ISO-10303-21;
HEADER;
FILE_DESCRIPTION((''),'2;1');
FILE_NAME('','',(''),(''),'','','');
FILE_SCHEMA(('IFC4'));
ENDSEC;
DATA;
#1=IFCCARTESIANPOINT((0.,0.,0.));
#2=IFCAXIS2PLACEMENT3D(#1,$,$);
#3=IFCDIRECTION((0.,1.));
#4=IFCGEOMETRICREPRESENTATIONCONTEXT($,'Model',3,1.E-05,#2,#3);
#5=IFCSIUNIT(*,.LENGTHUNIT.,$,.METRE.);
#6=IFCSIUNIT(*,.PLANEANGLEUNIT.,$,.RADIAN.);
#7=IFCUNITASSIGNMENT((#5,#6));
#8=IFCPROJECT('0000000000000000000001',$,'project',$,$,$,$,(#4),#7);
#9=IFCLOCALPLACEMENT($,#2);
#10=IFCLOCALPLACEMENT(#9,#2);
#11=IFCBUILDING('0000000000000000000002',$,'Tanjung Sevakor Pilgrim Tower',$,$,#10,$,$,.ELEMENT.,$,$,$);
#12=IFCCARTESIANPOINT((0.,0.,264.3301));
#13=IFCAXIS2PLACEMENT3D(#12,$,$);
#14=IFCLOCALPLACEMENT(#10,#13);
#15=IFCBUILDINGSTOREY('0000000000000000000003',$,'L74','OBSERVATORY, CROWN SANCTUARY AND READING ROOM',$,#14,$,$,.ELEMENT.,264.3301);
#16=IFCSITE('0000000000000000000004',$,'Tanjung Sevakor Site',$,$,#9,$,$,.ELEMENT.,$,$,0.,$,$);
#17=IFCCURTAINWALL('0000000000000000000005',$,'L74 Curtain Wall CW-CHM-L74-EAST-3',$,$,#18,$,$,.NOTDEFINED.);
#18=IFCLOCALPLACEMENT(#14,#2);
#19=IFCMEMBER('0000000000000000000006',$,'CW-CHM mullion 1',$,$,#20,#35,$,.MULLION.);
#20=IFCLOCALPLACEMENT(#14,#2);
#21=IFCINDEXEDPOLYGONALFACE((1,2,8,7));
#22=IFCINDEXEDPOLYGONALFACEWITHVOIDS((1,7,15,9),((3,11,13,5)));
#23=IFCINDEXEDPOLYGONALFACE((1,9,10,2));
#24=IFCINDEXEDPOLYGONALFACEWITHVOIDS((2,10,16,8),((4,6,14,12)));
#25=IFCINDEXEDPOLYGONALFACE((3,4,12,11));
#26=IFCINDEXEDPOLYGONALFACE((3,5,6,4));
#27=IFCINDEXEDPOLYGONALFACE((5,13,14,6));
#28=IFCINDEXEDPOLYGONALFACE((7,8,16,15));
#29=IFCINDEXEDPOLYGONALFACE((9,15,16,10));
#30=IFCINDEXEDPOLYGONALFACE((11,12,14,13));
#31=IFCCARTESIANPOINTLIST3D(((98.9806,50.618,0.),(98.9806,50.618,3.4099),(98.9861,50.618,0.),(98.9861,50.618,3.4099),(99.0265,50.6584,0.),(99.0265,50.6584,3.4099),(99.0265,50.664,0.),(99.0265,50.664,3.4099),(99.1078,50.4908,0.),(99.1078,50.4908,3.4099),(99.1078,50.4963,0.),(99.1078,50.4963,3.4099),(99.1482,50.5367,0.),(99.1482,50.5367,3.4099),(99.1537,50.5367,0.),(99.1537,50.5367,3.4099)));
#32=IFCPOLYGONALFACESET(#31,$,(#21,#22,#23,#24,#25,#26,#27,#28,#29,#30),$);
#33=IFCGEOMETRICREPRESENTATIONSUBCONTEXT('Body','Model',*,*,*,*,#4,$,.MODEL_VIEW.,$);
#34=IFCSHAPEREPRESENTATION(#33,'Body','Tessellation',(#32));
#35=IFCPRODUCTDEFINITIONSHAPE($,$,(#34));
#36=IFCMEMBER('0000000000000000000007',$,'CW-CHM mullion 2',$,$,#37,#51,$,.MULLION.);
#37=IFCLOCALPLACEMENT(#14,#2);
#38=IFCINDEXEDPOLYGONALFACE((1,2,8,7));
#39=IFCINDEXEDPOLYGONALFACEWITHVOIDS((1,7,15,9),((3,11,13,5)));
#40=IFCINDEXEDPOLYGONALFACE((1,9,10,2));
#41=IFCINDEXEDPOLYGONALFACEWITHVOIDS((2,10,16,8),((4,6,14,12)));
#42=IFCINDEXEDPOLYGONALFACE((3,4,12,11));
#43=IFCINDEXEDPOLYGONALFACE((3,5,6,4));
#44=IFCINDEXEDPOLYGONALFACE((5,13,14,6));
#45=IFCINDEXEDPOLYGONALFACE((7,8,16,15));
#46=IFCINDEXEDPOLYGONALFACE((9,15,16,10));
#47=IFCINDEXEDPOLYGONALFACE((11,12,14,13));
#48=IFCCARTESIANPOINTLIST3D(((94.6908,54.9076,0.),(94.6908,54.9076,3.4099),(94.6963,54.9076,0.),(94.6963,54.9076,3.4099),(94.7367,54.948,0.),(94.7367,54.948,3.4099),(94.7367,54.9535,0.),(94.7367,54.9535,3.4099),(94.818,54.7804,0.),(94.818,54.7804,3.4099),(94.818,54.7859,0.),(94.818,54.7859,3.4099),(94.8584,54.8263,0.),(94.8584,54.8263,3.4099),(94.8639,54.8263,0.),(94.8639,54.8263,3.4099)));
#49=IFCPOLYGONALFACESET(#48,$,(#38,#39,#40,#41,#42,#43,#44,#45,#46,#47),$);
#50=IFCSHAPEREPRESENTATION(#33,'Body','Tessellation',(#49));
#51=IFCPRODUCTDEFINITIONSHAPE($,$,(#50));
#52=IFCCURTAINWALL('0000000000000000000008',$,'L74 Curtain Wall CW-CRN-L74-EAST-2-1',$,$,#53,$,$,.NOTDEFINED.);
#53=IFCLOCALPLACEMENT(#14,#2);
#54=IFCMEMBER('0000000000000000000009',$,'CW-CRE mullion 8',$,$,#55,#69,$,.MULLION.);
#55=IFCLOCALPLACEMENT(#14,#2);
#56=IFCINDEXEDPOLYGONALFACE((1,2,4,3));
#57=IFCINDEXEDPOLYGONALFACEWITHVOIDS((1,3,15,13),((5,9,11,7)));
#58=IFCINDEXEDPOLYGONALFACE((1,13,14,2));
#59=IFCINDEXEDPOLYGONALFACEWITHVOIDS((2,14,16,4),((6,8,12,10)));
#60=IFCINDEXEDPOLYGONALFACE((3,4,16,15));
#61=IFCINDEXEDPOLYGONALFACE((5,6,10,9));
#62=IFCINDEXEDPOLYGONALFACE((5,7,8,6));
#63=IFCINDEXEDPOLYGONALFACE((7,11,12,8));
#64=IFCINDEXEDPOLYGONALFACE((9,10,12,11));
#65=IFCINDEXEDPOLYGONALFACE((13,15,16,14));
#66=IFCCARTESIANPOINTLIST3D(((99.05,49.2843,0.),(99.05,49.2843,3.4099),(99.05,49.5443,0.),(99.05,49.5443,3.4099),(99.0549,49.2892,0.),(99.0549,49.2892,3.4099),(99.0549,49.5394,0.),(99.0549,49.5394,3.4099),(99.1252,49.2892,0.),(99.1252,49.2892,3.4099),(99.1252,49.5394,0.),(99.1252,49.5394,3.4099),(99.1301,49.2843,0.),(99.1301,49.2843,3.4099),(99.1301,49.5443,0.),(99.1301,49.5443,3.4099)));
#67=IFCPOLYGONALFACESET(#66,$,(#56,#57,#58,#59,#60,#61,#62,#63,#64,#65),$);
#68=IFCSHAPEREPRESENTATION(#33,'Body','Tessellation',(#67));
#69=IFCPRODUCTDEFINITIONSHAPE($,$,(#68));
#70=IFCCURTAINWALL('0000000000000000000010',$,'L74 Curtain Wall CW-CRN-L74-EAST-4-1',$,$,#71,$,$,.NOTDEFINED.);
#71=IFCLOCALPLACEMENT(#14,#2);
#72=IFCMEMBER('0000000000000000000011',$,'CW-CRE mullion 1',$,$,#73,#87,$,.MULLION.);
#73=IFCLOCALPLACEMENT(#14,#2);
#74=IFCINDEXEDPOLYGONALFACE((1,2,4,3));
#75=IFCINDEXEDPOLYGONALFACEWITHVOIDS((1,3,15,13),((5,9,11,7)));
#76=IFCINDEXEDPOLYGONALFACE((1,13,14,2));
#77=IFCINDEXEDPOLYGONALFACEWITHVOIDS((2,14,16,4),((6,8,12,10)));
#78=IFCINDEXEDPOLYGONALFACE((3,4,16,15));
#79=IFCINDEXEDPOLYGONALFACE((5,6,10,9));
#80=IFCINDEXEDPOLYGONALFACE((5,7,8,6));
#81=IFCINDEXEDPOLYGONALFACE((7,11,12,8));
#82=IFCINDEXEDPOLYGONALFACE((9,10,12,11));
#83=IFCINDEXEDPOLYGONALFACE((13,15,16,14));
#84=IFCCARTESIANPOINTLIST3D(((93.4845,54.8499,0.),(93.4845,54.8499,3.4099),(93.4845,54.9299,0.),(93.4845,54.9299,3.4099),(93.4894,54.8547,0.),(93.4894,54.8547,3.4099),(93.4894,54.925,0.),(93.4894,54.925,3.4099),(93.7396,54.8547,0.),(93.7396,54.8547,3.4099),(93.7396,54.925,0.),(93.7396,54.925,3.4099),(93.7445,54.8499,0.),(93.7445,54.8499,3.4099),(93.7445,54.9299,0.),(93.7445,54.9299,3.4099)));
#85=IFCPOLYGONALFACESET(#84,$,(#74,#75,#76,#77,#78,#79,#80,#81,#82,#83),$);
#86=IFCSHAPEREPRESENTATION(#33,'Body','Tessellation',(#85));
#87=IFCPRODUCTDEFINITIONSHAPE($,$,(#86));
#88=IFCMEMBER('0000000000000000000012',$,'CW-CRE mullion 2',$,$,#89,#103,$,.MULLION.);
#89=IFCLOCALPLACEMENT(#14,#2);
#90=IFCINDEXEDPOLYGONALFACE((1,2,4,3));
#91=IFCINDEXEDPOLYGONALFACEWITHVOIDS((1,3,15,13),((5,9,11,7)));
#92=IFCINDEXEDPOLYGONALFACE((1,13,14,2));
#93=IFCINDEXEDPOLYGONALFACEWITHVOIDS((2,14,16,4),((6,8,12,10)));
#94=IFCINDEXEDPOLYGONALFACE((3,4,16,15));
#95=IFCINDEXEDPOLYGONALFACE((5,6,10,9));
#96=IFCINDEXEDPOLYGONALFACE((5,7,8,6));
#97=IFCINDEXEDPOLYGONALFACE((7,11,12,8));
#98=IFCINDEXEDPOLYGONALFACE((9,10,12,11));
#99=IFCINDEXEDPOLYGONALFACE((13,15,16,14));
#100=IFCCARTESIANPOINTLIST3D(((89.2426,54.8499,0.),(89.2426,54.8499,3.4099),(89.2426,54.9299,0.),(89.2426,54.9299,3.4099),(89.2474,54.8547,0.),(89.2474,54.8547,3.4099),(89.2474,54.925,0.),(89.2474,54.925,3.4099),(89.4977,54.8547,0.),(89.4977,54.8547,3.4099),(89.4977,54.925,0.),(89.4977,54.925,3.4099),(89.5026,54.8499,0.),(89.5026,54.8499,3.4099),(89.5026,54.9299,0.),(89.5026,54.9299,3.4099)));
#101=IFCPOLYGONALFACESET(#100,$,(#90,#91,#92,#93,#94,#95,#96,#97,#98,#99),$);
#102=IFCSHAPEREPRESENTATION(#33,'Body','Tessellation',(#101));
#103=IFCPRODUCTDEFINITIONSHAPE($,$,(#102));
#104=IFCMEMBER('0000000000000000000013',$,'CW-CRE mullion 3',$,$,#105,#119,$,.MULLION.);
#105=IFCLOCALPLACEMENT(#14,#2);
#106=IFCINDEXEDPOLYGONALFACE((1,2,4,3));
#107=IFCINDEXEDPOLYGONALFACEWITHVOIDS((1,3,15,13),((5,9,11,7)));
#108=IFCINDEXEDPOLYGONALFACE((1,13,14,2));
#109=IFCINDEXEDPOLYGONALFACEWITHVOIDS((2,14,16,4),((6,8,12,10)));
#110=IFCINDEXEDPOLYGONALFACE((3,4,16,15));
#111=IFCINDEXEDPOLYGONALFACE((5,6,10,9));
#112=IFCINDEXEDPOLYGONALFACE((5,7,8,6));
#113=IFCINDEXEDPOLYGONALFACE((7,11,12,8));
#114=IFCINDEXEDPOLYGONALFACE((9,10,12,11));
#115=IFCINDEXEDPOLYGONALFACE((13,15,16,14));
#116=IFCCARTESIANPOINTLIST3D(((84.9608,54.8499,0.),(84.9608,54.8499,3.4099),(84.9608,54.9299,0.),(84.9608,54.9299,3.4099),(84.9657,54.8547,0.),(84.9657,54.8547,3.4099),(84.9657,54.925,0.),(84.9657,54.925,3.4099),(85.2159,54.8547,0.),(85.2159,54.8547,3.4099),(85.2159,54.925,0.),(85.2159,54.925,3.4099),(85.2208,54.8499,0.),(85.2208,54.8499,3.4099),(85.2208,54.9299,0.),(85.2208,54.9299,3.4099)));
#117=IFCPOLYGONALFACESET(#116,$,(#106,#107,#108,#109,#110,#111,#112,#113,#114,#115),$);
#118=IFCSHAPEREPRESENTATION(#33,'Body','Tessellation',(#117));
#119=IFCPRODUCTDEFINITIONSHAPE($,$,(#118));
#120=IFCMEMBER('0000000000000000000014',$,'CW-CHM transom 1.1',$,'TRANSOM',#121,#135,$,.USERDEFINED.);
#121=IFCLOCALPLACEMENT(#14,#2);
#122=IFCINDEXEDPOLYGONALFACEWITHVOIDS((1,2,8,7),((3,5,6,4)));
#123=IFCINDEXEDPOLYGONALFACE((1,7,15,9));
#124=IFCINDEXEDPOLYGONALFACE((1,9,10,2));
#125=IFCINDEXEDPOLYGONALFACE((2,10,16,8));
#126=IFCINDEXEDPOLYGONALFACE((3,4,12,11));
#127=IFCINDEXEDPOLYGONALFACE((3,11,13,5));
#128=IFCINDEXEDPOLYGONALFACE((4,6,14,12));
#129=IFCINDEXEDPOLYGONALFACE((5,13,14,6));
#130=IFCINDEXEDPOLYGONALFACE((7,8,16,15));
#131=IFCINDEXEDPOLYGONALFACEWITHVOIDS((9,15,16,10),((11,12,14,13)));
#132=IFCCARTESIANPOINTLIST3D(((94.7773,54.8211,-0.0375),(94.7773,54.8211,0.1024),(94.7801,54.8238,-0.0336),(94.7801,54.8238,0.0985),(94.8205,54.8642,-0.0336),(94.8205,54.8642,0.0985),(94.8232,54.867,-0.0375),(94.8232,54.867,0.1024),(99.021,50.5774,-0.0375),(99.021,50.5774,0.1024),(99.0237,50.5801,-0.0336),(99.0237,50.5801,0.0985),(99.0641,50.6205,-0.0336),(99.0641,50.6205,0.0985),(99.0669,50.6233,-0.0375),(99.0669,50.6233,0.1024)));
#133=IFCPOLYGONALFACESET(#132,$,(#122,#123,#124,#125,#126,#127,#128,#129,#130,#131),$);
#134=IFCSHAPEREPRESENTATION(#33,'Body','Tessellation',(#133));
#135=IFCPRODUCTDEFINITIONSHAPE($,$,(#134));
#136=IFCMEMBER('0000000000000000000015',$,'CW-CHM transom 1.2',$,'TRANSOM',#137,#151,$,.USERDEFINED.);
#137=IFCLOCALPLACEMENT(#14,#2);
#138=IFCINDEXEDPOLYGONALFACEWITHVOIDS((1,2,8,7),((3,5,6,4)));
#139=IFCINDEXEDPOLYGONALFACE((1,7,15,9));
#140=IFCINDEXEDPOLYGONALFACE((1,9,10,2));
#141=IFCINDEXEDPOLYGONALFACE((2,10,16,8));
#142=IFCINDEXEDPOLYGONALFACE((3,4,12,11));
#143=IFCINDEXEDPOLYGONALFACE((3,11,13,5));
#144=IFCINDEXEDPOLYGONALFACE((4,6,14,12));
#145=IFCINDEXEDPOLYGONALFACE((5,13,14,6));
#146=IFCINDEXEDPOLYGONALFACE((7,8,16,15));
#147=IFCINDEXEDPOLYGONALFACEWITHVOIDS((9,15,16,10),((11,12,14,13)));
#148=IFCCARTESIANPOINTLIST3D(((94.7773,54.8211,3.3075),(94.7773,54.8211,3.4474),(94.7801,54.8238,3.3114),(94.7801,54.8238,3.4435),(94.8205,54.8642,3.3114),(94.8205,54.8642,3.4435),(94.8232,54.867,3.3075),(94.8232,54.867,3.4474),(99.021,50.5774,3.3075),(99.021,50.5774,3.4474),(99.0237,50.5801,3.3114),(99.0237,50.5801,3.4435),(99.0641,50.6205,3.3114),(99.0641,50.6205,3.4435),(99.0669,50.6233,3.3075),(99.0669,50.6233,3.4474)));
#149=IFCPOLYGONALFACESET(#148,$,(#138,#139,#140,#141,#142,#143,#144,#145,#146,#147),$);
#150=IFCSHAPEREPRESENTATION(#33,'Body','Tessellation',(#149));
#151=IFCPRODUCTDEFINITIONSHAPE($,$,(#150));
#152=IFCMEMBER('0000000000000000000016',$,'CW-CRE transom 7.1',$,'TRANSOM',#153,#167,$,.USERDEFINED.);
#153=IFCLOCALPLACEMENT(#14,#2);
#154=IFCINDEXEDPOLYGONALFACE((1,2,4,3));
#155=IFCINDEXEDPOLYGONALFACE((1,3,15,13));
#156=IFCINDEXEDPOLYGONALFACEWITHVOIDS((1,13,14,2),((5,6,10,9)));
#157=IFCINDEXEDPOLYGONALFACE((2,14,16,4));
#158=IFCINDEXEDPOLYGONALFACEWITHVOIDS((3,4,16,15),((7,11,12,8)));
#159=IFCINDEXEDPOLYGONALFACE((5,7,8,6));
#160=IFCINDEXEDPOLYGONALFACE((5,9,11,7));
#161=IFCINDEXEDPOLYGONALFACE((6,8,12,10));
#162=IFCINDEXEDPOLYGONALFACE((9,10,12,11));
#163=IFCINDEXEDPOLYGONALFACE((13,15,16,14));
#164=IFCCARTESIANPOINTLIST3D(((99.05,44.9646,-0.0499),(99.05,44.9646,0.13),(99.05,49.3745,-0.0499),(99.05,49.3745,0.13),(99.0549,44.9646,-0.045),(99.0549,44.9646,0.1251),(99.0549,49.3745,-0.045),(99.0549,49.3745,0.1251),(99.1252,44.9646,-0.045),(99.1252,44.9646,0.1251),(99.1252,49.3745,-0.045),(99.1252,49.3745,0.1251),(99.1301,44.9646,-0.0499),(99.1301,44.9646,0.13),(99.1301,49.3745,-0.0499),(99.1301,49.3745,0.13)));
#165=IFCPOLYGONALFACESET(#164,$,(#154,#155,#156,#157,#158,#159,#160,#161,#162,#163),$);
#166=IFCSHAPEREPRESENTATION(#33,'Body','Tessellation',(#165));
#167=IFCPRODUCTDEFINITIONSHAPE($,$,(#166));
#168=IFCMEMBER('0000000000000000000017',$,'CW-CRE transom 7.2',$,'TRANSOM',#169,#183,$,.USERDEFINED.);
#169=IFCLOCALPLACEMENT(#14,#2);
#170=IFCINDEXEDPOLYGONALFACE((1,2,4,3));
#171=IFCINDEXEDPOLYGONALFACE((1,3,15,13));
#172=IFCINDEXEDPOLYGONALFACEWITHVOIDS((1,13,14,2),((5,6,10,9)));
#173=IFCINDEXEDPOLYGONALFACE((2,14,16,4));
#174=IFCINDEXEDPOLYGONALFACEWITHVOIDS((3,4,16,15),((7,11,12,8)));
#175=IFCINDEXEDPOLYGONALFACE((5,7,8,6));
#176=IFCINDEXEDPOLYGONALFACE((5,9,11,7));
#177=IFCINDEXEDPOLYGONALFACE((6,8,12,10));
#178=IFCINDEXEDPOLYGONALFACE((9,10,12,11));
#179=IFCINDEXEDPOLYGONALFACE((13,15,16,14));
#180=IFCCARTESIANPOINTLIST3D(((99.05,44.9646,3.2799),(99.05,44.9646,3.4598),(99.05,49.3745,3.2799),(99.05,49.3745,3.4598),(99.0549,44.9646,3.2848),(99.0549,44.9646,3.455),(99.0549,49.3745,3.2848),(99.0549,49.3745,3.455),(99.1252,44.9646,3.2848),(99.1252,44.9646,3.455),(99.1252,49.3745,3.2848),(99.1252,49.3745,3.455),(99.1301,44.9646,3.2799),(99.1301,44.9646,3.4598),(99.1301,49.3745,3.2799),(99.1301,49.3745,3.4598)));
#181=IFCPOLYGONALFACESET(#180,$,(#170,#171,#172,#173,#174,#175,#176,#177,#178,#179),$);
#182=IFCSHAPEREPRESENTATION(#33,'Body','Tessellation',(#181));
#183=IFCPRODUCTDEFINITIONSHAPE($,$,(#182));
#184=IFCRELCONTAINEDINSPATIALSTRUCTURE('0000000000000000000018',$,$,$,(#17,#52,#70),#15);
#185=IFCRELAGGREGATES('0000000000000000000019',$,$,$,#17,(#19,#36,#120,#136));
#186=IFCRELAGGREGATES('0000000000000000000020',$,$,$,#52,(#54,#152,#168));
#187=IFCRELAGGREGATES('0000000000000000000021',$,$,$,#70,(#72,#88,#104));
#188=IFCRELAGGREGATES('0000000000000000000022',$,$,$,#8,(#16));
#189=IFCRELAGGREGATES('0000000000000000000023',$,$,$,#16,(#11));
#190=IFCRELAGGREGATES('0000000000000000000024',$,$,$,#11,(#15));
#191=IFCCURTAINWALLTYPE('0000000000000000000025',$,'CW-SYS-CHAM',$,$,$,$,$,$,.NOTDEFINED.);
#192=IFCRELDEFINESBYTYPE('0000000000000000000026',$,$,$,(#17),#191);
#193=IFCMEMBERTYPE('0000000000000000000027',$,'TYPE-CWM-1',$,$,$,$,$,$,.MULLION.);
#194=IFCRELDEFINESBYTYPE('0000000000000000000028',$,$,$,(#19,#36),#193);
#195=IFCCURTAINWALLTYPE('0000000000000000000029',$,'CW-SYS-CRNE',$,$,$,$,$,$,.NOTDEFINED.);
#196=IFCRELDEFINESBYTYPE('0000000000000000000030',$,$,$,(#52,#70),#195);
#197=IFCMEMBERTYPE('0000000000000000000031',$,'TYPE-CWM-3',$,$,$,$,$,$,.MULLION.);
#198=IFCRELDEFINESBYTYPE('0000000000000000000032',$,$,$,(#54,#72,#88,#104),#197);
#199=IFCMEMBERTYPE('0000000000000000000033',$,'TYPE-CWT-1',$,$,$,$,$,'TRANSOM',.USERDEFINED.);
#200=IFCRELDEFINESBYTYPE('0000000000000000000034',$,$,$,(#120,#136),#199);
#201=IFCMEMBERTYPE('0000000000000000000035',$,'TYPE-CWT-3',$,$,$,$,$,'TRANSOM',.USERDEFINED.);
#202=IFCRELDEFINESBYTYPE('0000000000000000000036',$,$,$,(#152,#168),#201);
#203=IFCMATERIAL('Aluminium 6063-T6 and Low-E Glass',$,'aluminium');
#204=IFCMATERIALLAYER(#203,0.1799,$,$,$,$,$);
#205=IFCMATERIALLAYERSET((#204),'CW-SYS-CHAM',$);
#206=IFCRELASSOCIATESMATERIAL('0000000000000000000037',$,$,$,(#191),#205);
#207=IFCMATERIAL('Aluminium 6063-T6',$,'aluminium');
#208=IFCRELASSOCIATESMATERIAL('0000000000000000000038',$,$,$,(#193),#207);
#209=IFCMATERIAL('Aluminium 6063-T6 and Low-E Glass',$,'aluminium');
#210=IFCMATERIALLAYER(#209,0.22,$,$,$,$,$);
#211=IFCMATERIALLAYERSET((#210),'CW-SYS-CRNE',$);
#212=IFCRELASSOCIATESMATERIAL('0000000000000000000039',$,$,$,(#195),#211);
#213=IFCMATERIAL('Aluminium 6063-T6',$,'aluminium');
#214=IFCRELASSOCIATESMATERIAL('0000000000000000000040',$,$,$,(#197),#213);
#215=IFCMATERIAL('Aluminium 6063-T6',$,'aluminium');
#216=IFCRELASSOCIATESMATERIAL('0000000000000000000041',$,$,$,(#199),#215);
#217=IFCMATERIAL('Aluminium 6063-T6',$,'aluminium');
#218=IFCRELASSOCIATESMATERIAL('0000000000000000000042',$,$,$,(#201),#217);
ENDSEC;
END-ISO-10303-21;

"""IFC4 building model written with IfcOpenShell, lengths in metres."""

from ifc_helpers import new_model, si_unit, direction, frame, origin, origin_2d, place, context, subcontext, project, spatial, hollow_rectangle, extrude, material, layer, layer_set, material_profile, profile_set, type_object, element, aggregate, save


model = new_model("IFC4")

# Units and contexts
model_context = context("Model", 3, precision=1e-05, world=origin(), true_north=direction((0.0, 1.0)))
body_context = subcontext(model_context, "Body", "Model", "MODEL_VIEW")
ifc_project = project(units=[si_unit("LENGTHUNIT", "METRE"), si_unit("PLANEANGLEUNIT", "RADIAN")], contexts=[model_context])

# Site, building, storey
site_placement = place(None, origin())
site = spatial("IfcSite", under=ifc_project, at=site_placement, Name="Tanjung Sevakor Site", CompositionType="ELEMENT", RefElevation=0.0)
building_placement = place(site_placement, origin())
building = spatial("IfcBuilding", under=site, at=building_placement, Name="Tanjung Sevakor Pilgrim Tower", CompositionType="ELEMENT")
storey_placement = place(building_placement, frame((0.0, 0.0, 264.3301)))
storey = spatial("IfcBuildingStorey", under=building, at=storey_placement, Name="L74", Description="OBSERVATORY, CROWN SANCTUARY AND READING ROOM", CompositionType="ELEMENT", Elevation=264.3301)

# Curtain wall, members
ifc_material_1 = material(Name="Aluminium 6063-T6 and Low-E Glass", Category="aluminium")
ifc_layer_1 = layer(ifc_material_1, 0.1799)
ifc_layer_set_1 = layer_set([ifc_layer_1], Name="CW-SYS-CHAM")
curtain_wall_type_1 = type_object("IfcCurtainWallType", Name="CW-SYS-CHAM", PredefinedType="NOTDEFINED", material=ifc_layer_set_1)
curtain_wall_1_placement = place(storey_placement, origin())
curtain_wall_1 = element("IfcCurtainWall", 1, at=curtain_wall_1_placement, inside=storey, type_object=curtain_wall_type_1, Name="L74 Curtain Wall CW-CHM-L74-EAST-3", PredefinedType="NOTDEFINED")
ifc_material_2 = material(Name="Aluminium 6063-T6", Category="aluminium")
ifc_material_profile_1 = material_profile(ifc_material_2, hollow_rectangle(XDim=0.0649, YDim=0.1799, WallThickness=0.0039, at=origin_2d()))
ifc_profile_set_1 = profile_set([ifc_material_profile_1], Name="Aluminium 6063-T6")
member_type_1 = type_object("IfcMemberType", Name="TYPE-CWM-1", PredefinedType="MULLION", material=ifc_profile_set_1)
member_1_placement = place(storey_placement, frame((99.0671, 50.5774, 0.0), z_axis=(0.0, 0.0, 1.0), x_axis=(-0.707107, -0.707107, 0.0)))
member_1 = element("IfcMember", 2, at=member_1_placement, type_object=member_type_1, Name="CW-CHM mullion 1", PredefinedType="MULLION", context=body_context, shape_type="SweptSolid", body=[
    extrude(hollow_rectangle(XDim=0.0649, YDim=0.1799, WallThickness=0.0039, at=origin_2d()), origin(), (0.0, 0.0, 1.0), 3.4099),
])
member_2_placement = place(storey_placement, frame((94.7773, 54.8669, 0.0), z_axis=(0.0, 0.0, 1.0), x_axis=(-0.707107, -0.707107, 0.0)))
member_2 = element("IfcMember", 3, at=member_2_placement, type_object=member_type_1, Name="CW-CHM mullion 2", PredefinedType="MULLION", context=body_context, shape_type="SweptSolid", body=[
    extrude(hollow_rectangle(XDim=0.0649, YDim=0.1799, WallThickness=0.0039, at=origin_2d()), origin(), (0.0, 0.0, 1.0), 3.4099),
])

# Curtain wall, member
ifc_material_3 = material(Name="Aluminium 6063-T6 and Low-E Glass", Category="aluminium")
ifc_layer_2 = layer(ifc_material_3, 0.22)
ifc_layer_set_2 = layer_set([ifc_layer_2], Name="CW-SYS-CRNE")
curtain_wall_type_2 = type_object("IfcCurtainWallType", Name="CW-SYS-CRNE", PredefinedType="NOTDEFINED", material=ifc_layer_set_2)
curtain_wall_2_placement = place(storey_placement, origin())
curtain_wall_2 = element("IfcCurtainWall", 4, at=curtain_wall_2_placement, inside=storey, type_object=curtain_wall_type_2, Name="L74 Curtain Wall CW-CRN-L74-EAST-2-1", PredefinedType="NOTDEFINED")
ifc_material_4 = material(Name="Aluminium 6063-T6", Category="aluminium")
ifc_material_profile_2 = material_profile(ifc_material_4, hollow_rectangle(XDim=0.0801, YDim=0.26, WallThickness=0.0049, at=origin_2d()))
ifc_profile_set_2 = profile_set([ifc_material_profile_2], Name="Aluminium 6063-T6")
member_type_2 = type_object("IfcMemberType", Name="TYPE-CWM-3", PredefinedType="MULLION", material=ifc_profile_set_2)
member_3_placement = place(storey_placement, frame((99.0901, 49.4143, 0.0), z_axis=(0.0, 0.0, 1.0), x_axis=(-1.0, 0.0, 0.0)))
member_3 = element("IfcMember", 5, at=member_3_placement, type_object=member_type_2, Name="CW-CRE mullion 8", PredefinedType="MULLION", context=body_context, shape_type="SweptSolid", body=[
    extrude(hollow_rectangle(XDim=0.0801, YDim=0.26, WallThickness=0.0049, at=origin_2d()), origin(), (0.0, 0.0, 1.0), 3.4099),
])

# Curtain wall, members
curtain_wall_3_placement = place(storey_placement, origin())
curtain_wall_3 = element("IfcCurtainWall", 6, at=curtain_wall_3_placement, inside=storey, type_object=curtain_wall_type_2, Name="L74 Curtain Wall CW-CRN-L74-EAST-4-1", PredefinedType="NOTDEFINED")
member_4_placement = place(storey_placement, frame((93.6145, 54.8899, 0.0), z_axis=(0.0, 0.0, 1.0), x_axis=(0.0, -1.0, 0.0)))
member_4 = element("IfcMember", 7, at=member_4_placement, type_object=member_type_2, Name="CW-CRE mullion 1", PredefinedType="MULLION", context=body_context, shape_type="SweptSolid", body=[
    extrude(hollow_rectangle(XDim=0.0801, YDim=0.26, WallThickness=0.0049, at=origin_2d()), origin(), (0.0, 0.0, 1.0), 3.4099),
])
member_5_placement = place(storey_placement, frame((89.3726, 54.8899, 0.0), z_axis=(0.0, 0.0, 1.0), x_axis=(0.0, -1.0, 0.0)))
member_5 = element("IfcMember", 8, at=member_5_placement, type_object=member_type_2, Name="CW-CRE mullion 2", PredefinedType="MULLION", context=body_context, shape_type="SweptSolid", body=[
    extrude(hollow_rectangle(XDim=0.0801, YDim=0.26, WallThickness=0.0049, at=origin_2d()), origin(), (0.0, 0.0, 1.0), 3.4099),
])
member_6_placement = place(storey_placement, frame((85.0908, 54.8899, 0.0), z_axis=(0.0, 0.0, 1.0), x_axis=(0.0, -1.0, 0.0)))
member_6 = element("IfcMember", 9, at=member_6_placement, type_object=member_type_2, Name="CW-CRE mullion 3", PredefinedType="MULLION", context=body_context, shape_type="SweptSolid", body=[
    extrude(hollow_rectangle(XDim=0.0801, YDim=0.26, WallThickness=0.0049, at=origin_2d()), origin(), (0.0, 0.0, 1.0), 3.4099),
])

# Members
ifc_material_5 = material(Name="Aluminium 6063-T6", Category="aluminium")
ifc_material_profile_3 = material_profile(ifc_material_5, hollow_rectangle(XDim=0.0649, YDim=0.1399, WallThickness=0.0039, at=origin_2d()))
ifc_profile_set_3 = profile_set([ifc_material_profile_3], Name="Aluminium 6063-T6")
member_type_3 = type_object("IfcMemberType", Name="TYPE-CWT-1", ElementType="TRANSOM", PredefinedType="USERDEFINED", material=ifc_profile_set_3)
member_7_placement = place(storey_placement, frame((99.0439, 50.6003, 0.0325), z_axis=(-0.707107, 0.707107, 0.0), x_axis=(-0.707107, -0.707107, 0.0)))
member_7 = element("IfcMember", 10, at=member_7_placement, type_object=member_type_3, Name="CW-CHM transom 1.1", ObjectType="TRANSOM", PredefinedType="USERDEFINED", context=body_context, shape_type="SweptSolid", body=[
    extrude(hollow_rectangle(XDim=0.0649, YDim=0.1399, WallThickness=0.0039, at=origin_2d()), origin(), (0.0, 0.0, 1.0), 6.0015),
])
member_8_placement = place(storey_placement, frame((99.0439, 50.6003, 3.3774), z_axis=(-0.707107, 0.707107, 0.0), x_axis=(-0.707107, -0.707107, 0.0)))
member_8 = element("IfcMember", 11, at=member_8_placement, type_object=member_type_3, Name="CW-CHM transom 1.2", ObjectType="TRANSOM", PredefinedType="USERDEFINED", context=body_context, shape_type="SweptSolid", body=[
    extrude(hollow_rectangle(XDim=0.0649, YDim=0.1399, WallThickness=0.0039, at=origin_2d()), origin(), (0.0, 0.0, 1.0), 6.0015),
])
ifc_material_6 = material(Name="Aluminium 6063-T6", Category="aluminium")
ifc_material_profile_4 = material_profile(ifc_material_6, hollow_rectangle(XDim=0.0801, YDim=0.1799, WallThickness=0.0049, at=origin_2d()))
ifc_profile_set_4 = profile_set([ifc_material_profile_4], Name="Aluminium 6063-T6")
member_type_4 = type_object("IfcMemberType", Name="TYPE-CWT-3", ElementType="TRANSOM", PredefinedType="USERDEFINED", material=ifc_profile_set_4)
member_9_placement = place(storey_placement, frame((99.0901, 44.9646, 0.04), z_axis=(0.0, 1.0, 0.0), x_axis=(-1.0, 0.0, 0.0)))
member_9 = element("IfcMember", 12, at=member_9_placement, type_object=member_type_4, Name="CW-CRE transom 7.1", ObjectType="TRANSOM", PredefinedType="USERDEFINED", context=body_context, shape_type="SweptSolid", body=[
    extrude(hollow_rectangle(XDim=0.0801, YDim=0.1799, WallThickness=0.0049, at=origin_2d()), origin(), (0.0, 0.0, 1.0), 4.4099),
])
member_10_placement = place(storey_placement, frame((99.0901, 44.9646, 3.3699), z_axis=(0.0, 1.0, 0.0), x_axis=(-1.0, 0.0, 0.0)))
member_10 = element("IfcMember", 13, at=member_10_placement, type_object=member_type_4, Name="CW-CRE transom 7.2", ObjectType="TRANSOM", PredefinedType="USERDEFINED", context=body_context, shape_type="SweptSolid", body=[
    extrude(hollow_rectangle(XDim=0.0801, YDim=0.1799, WallThickness=0.0049, at=origin_2d()), origin(), (0.0, 0.0, 1.0), 4.4099),
])

aggregate(curtain_wall_1, [member_1, member_2, member_7, member_8])
aggregate(curtain_wall_2, [member_3, member_9, member_10])
aggregate(curtain_wall_3, [member_4, member_5, member_6])

save(model, "model.ifc")
